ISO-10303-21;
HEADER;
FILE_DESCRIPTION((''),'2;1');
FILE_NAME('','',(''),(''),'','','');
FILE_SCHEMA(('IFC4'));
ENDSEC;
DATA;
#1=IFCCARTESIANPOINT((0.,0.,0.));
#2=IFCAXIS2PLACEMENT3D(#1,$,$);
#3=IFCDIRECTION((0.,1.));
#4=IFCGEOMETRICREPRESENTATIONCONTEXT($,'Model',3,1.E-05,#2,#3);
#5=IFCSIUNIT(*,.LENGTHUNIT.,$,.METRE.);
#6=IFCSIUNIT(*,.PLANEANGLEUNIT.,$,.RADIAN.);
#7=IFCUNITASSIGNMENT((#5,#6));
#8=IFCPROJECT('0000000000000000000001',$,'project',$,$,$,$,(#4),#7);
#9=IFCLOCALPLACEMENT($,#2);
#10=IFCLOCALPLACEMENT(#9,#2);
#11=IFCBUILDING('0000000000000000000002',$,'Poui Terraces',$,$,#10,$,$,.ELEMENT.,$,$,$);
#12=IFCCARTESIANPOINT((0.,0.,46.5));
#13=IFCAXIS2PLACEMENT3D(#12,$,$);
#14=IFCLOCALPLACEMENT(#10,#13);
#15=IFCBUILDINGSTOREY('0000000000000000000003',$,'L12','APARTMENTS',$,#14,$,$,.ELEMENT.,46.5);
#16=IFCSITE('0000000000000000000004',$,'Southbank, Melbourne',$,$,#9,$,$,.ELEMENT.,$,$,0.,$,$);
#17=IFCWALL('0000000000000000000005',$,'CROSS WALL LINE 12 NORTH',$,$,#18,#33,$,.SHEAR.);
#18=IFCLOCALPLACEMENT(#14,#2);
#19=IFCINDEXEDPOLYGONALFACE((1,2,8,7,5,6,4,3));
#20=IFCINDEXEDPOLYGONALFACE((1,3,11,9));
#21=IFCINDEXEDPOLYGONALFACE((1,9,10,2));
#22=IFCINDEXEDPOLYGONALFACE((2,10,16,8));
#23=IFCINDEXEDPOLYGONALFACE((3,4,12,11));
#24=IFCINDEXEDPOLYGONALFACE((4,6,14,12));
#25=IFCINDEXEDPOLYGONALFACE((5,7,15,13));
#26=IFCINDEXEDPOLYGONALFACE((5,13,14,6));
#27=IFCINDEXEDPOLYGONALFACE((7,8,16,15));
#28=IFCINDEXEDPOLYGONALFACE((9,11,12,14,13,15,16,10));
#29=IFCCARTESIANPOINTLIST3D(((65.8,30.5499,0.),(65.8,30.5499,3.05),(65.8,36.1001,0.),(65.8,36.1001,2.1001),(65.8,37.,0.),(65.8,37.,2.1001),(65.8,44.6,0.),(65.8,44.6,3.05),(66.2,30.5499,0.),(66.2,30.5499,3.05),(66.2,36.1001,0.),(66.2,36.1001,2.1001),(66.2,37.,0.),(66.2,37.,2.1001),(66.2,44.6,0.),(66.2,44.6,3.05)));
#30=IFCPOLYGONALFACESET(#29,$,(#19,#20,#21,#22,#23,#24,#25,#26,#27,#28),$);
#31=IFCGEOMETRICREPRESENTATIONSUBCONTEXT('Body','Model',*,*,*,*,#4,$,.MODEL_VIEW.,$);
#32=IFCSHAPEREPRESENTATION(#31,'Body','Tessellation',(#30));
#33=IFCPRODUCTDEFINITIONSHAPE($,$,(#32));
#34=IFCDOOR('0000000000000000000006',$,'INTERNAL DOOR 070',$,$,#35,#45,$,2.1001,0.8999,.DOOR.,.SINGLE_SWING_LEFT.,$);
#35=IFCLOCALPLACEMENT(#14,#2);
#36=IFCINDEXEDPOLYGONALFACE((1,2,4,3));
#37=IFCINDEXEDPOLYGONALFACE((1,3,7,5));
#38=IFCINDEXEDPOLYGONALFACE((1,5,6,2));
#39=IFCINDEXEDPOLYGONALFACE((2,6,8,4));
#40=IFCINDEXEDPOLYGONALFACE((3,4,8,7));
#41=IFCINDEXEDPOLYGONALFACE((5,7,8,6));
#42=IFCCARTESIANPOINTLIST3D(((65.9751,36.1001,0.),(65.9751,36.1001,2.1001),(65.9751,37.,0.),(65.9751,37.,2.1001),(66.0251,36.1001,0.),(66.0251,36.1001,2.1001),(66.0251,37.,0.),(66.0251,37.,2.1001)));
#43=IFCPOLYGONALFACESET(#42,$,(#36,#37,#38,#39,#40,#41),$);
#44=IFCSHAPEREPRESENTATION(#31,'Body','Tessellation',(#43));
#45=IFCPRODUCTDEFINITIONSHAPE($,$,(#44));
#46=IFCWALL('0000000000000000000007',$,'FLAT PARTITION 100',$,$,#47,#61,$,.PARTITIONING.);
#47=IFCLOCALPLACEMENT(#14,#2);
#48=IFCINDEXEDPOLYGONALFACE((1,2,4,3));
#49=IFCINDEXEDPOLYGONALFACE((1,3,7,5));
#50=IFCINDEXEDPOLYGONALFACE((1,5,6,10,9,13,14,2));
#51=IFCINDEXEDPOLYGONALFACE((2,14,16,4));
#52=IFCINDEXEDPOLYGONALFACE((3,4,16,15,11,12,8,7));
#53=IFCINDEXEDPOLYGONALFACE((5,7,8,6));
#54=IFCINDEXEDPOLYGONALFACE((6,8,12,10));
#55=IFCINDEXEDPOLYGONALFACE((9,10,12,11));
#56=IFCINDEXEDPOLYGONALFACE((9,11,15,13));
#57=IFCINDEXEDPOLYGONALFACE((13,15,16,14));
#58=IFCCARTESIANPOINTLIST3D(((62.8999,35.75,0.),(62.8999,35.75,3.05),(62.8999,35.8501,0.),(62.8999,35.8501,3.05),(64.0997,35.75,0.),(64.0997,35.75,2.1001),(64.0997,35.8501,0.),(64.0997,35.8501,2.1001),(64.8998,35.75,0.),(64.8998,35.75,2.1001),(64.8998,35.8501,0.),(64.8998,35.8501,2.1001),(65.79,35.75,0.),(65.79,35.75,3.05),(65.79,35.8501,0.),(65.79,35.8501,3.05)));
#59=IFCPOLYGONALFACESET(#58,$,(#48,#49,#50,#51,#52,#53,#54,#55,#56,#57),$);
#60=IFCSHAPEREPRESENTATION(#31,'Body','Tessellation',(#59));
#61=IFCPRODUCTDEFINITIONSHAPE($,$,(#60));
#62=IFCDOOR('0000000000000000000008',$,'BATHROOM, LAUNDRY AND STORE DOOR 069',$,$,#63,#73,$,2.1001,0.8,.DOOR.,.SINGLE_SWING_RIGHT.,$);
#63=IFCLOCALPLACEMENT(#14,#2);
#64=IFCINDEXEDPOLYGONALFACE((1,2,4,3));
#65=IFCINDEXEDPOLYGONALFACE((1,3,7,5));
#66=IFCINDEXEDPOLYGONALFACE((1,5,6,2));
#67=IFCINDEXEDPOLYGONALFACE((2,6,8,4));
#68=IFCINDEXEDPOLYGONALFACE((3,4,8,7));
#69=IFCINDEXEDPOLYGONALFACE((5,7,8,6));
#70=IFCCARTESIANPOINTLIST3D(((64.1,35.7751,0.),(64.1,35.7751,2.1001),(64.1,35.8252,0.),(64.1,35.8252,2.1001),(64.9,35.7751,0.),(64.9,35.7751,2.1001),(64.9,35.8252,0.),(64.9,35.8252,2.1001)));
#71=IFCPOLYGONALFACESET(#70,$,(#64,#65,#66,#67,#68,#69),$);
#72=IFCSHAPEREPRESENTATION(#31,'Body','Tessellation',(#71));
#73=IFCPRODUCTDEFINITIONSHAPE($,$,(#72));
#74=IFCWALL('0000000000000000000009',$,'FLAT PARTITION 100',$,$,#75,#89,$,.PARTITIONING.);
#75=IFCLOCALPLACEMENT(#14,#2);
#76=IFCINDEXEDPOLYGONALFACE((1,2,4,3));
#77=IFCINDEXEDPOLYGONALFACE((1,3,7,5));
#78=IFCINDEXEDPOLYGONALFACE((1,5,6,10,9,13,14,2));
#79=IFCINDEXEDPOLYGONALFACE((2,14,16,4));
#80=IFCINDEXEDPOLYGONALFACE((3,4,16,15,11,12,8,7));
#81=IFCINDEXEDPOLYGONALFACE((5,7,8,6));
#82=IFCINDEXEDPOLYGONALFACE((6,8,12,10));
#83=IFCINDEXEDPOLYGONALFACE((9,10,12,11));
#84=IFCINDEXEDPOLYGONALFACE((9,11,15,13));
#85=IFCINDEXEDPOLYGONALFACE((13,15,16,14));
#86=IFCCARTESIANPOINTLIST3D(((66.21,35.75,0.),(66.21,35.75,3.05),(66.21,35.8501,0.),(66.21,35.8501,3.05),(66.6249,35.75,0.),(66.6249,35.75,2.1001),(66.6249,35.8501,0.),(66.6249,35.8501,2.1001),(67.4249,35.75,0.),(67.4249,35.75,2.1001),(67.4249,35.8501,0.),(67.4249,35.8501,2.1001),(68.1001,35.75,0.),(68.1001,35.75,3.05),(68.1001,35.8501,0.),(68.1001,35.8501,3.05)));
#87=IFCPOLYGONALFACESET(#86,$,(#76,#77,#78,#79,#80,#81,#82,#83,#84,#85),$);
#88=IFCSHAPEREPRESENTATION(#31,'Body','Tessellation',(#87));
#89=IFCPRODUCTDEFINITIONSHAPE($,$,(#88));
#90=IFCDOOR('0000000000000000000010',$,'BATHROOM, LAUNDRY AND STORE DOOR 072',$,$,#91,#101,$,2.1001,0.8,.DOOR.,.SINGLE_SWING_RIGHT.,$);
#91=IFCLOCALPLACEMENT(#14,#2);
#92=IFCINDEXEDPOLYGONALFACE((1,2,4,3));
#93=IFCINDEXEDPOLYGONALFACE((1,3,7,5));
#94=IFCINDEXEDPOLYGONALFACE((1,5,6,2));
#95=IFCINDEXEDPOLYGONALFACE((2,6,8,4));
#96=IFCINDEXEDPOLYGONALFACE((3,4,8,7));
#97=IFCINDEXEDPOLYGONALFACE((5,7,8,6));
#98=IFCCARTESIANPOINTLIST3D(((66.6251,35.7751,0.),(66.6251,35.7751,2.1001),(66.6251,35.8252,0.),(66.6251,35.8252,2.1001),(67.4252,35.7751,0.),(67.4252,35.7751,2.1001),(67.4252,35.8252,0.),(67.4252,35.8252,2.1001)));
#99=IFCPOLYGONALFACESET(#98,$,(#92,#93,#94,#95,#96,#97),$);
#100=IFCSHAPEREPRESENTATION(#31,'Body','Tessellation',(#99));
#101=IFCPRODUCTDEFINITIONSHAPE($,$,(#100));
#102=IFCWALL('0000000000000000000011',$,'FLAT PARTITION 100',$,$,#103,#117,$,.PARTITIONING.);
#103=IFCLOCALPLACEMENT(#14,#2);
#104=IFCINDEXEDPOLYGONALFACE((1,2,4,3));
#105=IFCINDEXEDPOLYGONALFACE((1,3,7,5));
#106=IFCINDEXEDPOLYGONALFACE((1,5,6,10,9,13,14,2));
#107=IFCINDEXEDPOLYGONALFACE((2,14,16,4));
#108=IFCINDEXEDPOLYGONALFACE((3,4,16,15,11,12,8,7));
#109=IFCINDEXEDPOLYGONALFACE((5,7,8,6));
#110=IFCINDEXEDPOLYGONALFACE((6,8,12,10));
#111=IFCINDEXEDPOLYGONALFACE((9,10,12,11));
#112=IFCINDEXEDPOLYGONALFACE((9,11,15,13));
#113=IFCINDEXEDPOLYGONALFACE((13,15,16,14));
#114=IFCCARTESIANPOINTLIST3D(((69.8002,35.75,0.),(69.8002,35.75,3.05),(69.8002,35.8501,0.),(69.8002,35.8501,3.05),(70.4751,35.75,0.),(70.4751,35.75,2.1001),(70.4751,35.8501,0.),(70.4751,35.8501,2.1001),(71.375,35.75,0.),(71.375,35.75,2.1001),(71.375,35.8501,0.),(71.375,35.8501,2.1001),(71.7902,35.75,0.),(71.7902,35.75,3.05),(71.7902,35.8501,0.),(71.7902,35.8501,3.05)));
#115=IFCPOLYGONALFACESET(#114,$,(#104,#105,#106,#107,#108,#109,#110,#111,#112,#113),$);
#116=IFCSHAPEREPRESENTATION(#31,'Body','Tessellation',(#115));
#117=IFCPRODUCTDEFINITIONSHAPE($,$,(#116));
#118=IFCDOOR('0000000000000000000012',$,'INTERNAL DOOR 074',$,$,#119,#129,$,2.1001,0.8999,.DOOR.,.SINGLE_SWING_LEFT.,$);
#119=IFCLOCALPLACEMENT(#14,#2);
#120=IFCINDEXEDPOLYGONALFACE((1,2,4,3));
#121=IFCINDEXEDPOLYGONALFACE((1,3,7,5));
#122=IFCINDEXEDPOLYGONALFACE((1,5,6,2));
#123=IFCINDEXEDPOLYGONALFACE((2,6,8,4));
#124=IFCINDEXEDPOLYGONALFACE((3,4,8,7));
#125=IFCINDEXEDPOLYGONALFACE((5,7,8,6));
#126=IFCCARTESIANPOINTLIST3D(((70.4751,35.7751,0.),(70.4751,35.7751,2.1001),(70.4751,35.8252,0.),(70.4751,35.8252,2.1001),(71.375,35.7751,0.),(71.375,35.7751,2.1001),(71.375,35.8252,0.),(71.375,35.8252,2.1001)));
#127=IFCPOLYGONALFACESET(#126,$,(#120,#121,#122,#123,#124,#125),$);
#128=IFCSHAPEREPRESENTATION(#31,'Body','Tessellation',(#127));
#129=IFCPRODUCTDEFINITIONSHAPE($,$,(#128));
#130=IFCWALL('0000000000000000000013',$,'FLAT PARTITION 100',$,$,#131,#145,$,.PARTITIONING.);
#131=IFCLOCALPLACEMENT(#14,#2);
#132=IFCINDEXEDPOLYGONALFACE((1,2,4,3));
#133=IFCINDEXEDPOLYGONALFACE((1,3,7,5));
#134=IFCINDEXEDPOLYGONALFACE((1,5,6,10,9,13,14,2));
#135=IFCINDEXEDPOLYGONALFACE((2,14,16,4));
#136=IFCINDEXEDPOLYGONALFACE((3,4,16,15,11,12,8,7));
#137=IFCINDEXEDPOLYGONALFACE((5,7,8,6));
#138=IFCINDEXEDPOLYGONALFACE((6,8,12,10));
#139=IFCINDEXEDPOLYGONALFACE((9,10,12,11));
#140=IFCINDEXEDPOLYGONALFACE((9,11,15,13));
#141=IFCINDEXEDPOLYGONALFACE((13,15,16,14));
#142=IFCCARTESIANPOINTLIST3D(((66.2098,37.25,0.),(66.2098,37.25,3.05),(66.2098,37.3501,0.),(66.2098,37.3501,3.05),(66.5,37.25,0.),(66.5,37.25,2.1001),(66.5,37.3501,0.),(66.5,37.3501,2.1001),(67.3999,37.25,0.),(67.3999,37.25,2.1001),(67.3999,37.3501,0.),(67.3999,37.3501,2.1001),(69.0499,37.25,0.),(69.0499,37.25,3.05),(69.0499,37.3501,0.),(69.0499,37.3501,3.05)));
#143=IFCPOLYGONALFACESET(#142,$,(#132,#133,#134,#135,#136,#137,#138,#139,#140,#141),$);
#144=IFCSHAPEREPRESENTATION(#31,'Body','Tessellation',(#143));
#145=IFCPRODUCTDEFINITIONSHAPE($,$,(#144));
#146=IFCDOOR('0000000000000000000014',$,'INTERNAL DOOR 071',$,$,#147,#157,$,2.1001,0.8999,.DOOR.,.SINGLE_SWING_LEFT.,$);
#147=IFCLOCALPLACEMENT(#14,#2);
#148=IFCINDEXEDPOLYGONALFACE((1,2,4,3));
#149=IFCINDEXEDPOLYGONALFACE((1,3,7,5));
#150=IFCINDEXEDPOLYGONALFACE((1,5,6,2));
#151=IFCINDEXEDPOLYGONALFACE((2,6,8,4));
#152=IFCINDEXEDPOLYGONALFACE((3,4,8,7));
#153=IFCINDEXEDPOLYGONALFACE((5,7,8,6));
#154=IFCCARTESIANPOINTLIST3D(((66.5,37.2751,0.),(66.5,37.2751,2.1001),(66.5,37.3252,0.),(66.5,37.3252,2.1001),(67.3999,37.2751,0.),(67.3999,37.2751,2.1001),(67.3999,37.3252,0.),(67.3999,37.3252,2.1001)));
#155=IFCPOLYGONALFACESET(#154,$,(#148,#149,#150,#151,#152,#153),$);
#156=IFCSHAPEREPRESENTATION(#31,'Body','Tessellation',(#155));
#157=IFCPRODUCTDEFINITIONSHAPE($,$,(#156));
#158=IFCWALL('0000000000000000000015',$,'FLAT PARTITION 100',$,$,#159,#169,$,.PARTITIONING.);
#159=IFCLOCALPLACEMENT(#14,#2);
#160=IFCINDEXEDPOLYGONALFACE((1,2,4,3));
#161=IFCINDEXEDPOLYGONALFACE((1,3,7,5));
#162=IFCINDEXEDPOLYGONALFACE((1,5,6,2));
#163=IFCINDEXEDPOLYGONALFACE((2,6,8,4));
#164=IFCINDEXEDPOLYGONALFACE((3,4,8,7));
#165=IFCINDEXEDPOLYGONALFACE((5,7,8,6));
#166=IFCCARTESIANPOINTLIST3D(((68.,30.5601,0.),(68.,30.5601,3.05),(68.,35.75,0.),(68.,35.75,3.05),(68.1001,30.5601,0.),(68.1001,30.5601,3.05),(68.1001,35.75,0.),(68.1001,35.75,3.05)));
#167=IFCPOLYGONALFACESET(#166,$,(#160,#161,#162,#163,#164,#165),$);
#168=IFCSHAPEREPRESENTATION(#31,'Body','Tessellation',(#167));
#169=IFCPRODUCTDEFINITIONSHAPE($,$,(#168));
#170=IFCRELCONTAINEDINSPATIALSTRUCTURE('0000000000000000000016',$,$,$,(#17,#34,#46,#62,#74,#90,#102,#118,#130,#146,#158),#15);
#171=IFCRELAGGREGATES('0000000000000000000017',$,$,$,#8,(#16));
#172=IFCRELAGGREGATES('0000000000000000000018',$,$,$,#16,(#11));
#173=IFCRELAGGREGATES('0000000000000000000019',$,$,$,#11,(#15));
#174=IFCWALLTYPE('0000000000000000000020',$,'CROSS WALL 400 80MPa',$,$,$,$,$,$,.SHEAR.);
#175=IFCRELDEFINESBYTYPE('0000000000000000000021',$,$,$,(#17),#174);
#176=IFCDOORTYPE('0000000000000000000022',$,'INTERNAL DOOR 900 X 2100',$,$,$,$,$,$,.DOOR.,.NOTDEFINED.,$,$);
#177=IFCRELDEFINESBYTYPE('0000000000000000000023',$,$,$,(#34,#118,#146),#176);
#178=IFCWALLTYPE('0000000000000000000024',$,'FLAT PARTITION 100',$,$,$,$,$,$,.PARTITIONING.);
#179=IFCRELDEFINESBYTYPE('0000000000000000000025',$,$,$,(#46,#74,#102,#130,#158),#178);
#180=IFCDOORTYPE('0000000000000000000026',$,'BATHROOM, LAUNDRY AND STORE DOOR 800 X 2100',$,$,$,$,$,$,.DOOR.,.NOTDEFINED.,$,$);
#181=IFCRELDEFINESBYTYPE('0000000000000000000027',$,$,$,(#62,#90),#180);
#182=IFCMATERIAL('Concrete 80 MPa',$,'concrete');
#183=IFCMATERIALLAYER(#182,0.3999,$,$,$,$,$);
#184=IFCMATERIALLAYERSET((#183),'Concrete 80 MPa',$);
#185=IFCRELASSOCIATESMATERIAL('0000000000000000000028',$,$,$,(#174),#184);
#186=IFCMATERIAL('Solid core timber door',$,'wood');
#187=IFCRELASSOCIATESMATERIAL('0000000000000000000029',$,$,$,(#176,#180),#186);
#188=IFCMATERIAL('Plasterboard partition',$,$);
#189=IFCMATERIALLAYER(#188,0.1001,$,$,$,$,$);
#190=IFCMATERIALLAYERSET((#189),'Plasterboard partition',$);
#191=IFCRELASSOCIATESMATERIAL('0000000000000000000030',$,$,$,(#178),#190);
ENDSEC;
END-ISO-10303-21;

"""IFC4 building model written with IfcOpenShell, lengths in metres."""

from ifc_helpers import new_model, si_unit, direction, frame, frame_2d, origin, place, context, subcontext, project, spatial, rectangle, extrude, material, layer, layer_set, type_object, element, fill, save


model = new_model("IFC4")

# Units and contexts
model_context = context("Model", 3, precision=1e-05, world=origin(), true_north=direction((0.0, 1.0)))
body_context = subcontext(model_context, "Body", "Model", "MODEL_VIEW")
ifc_project = project(units=[si_unit("LENGTHUNIT", "METRE"), si_unit("PLANEANGLEUNIT", "RADIAN")], contexts=[model_context])

# Site, building, storey
site_placement = place(None, origin())
site = spatial("IfcSite", under=ifc_project, at=site_placement, Name="Southbank, Melbourne", CompositionType="ELEMENT", RefElevation=0.0)
building_placement = place(site_placement, origin())
building = spatial("IfcBuilding", under=site, at=building_placement, Name="Poui Terraces", CompositionType="ELEMENT")
storey_placement = place(building_placement, frame((0.0, 0.0, 46.5)))
storey = spatial("IfcBuildingStorey", under=building, at=storey_placement, Name="L12", Description="APARTMENTS", CompositionType="ELEMENT", Elevation=46.5)

# Walls, openings, doors
ifc_material_1 = material(Name="Concrete 80 MPa", Category="concrete")
ifc_layer_1 = layer(ifc_material_1, 0.3999)
ifc_layer_set_1 = layer_set([ifc_layer_1], Name="Concrete 80 MPa")
wall_type_1 = type_object("IfcWallType", Name="CROSS WALL 400 80MPa", PredefinedType="SHEAR", material=ifc_layer_set_1)
wall_1_placement = place(storey_placement, frame((66.0, 30.55, 0.0), z_axis=(0.0, 0.0, 1.0), x_axis=(0.0, 1.0, 0.0)))
wall_1 = element("IfcWall", 1, at=wall_1_placement, inside=storey, type_object=wall_type_1, Name="CROSS WALL LINE 12 NORTH", PredefinedType="SHEAR", context=body_context, shape_type="SweptSolid", body=[
    extrude(rectangle(XDim=14.05, YDim=0.3999, at=frame_2d((7.0249, 0.0))), origin(), (0.0, 0.0, 1.0), 3.05),
])
opening_1_placement = place(wall_1_placement, frame((5.55, 0.0, 0.0)))
opening_1 = element("IfcOpeningElement", 2, at=opening_1_placement, cuts=wall_1, PredefinedType="OPENING", context=body_context, shape_type="SweptSolid", body=[
    extrude(rectangle(XDim=0.8999, YDim=2.1001, at=frame_2d((0.45, 1.05))), frame((0.0, 0.21, 0.0), z_axis=(0.0, -1.0, 0.0), x_axis=(1.0, 0.0, 0.0)), (0.0, 0.0, 1.0), 0.4199),
])
ifc_material_2 = material(Name="Solid core timber door", Category="wood")
door_type_1 = type_object("IfcDoorType", Name="INTERNAL DOOR 900 X 2100", OperationType="NOTDEFINED", PredefinedType="DOOR", material=ifc_material_2)
door_1_placement = place(opening_1_placement, origin())
door_1 = element("IfcDoor", 3, at=door_1_placement, inside=storey, type_object=door_type_1, Name="INTERNAL DOOR 070", OperationType="SINGLE_SWING_LEFT", OverallHeight=2.1001, OverallWidth=0.8999, PredefinedType="DOOR", context=body_context, shape_type="SweptSolid", body=[
    extrude(rectangle(XDim=0.8999, YDim=2.1001, at=frame_2d((0.45, 1.05))), frame((0.0, 0.0249, 0.0), z_axis=(0.0, -1.0, 0.0), x_axis=(1.0, 0.0, 0.0)), (0.0, 0.0, 1.0), 0.05),
])
fill(opening_1, door_1)
ifc_material_3 = material(Name="Plasterboard partition")
ifc_layer_2 = layer(ifc_material_3, 0.1001)
ifc_layer_set_2 = layer_set([ifc_layer_2], Name="Plasterboard partition")
wall_type_2 = type_object("IfcWallType", Name="FLAT PARTITION 100", PredefinedType="PARTITIONING", material=ifc_layer_set_2)
wall_2_placement = place(storey_placement, frame((62.8999, 35.8, 0.0), z_axis=(0.0, 0.0, 1.0), x_axis=(1.0, 0.0, 0.0)))
wall_2 = element("IfcWall", 4, at=wall_2_placement, inside=storey, type_object=wall_type_2, Name="FLAT PARTITION 100", PredefinedType="PARTITIONING", context=body_context, shape_type="SweptSolid", body=[
    extrude(rectangle(XDim=2.8901, YDim=0.1001, at=frame_2d((1.4451, 0.0))), origin(), (0.0, 0.0, 1.0), 3.05),
])
opening_2_placement = place(wall_2_placement, frame((1.2, 0.0, 0.0)))
opening_2 = element("IfcOpeningElement", 5, at=opening_2_placement, cuts=wall_2, PredefinedType="OPENING", context=body_context, shape_type="SweptSolid", body=[
    extrude(rectangle(XDim=0.8, YDim=2.1001, at=frame_2d((0.3999, 1.05))), frame((0.0, 0.0601, 0.0), z_axis=(0.0, -1.0, 0.0), x_axis=(1.0, 0.0, 0.0)), (0.0, 0.0, 1.0), 0.1201),
])
door_type_2 = type_object("IfcDoorType", Name="BATHROOM, LAUNDRY AND STORE DOOR 800 X 2100", OperationType="NOTDEFINED", PredefinedType="DOOR", material=ifc_material_2)
door_2_placement = place(opening_2_placement, frame((0.8, 0.0, 0.0), z_axis=(0.0, 0.0, 1.0), x_axis=(-1.0, 0.0, 0.0)))
door_2 = element("IfcDoor", 6, at=door_2_placement, inside=storey, type_object=door_type_2, Name="BATHROOM, LAUNDRY AND STORE DOOR 069", OperationType="SINGLE_SWING_RIGHT", OverallHeight=2.1001, OverallWidth=0.8, PredefinedType="DOOR", context=body_context, shape_type="SweptSolid", body=[
    extrude(rectangle(XDim=0.8, YDim=2.1001, at=frame_2d((0.3999, 1.05))), frame((0.0, 0.0249, 0.0), z_axis=(0.0, -1.0, 0.0), x_axis=(1.0, 0.0, 0.0)), (0.0, 0.0, 1.0), 0.05),
])
fill(opening_2, door_2)
wall_3_placement = place(storey_placement, frame((66.21, 35.8, 0.0), z_axis=(0.0, 0.0, 1.0), x_axis=(1.0, 0.0, 0.0)))
wall_3 = element("IfcWall", 7, at=wall_3_placement, inside=storey, type_object=wall_type_2, Name="FLAT PARTITION 100", PredefinedType="PARTITIONING", context=body_context, shape_type="SweptSolid", body=[
    extrude(rectangle(XDim=1.8901, YDim=0.1001, at=frame_2d((0.9451, 0.0))), origin(), (0.0, 0.0, 1.0), 3.05),
])
opening_3_placement = place(wall_3_placement, frame((0.415, 0.0, 0.0)))
opening_3 = element("IfcOpeningElement", 8, at=opening_3_placement, cuts=wall_3, PredefinedType="OPENING", context=body_context, shape_type="SweptSolid", body=[
    extrude(rectangle(XDim=0.8, YDim=2.1001, at=frame_2d((0.3999, 1.05))), frame((0.0, 0.0601, 0.0), z_axis=(0.0, -1.0, 0.0), x_axis=(1.0, 0.0, 0.0)), (0.0, 0.0, 1.0), 0.1201),
])
door_3_placement = place(opening_3_placement, frame((0.8, 0.0, 0.0), z_axis=(0.0, 0.0, 1.0), x_axis=(-1.0, 0.0, 0.0)))
door_3 = element("IfcDoor", 9, at=door_3_placement, inside=storey, type_object=door_type_2, Name="BATHROOM, LAUNDRY AND STORE DOOR 072", OperationType="SINGLE_SWING_RIGHT", OverallHeight=2.1001, OverallWidth=0.8, PredefinedType="DOOR", context=body_context, shape_type="SweptSolid", body=[
    extrude(rectangle(XDim=0.8, YDim=2.1001, at=frame_2d((0.3999, 1.05))), frame((0.0, 0.0249, 0.0), z_axis=(0.0, -1.0, 0.0), x_axis=(1.0, 0.0, 0.0)), (0.0, 0.0, 1.0), 0.05),
])
fill(opening_3, door_3)
wall_4_placement = place(storey_placement, frame((69.8, 35.8, 0.0), z_axis=(0.0, 0.0, 1.0), x_axis=(1.0, 0.0, 0.0)))
wall_4 = element("IfcWall", 10, at=wall_4_placement, inside=storey, type_object=wall_type_2, Name="FLAT PARTITION 100", PredefinedType="PARTITIONING", context=body_context, shape_type="SweptSolid", body=[
    extrude(rectangle(XDim=1.99, YDim=0.1001, at=frame_2d((0.9951, 0.0))), origin(), (0.0, 0.0, 1.0), 3.05),
])
opening_4_placement = place(wall_4_placement, frame((0.675, 0.0, 0.0)))
opening_4 = element("IfcOpeningElement", 11, at=opening_4_placement, cuts=wall_4, PredefinedType="OPENING", context=body_context, shape_type="SweptSolid", body=[
    extrude(rectangle(XDim=0.8999, YDim=2.1001, at=frame_2d((0.45, 1.05))), frame((0.0, 0.0601, 0.0), z_axis=(0.0, -1.0, 0.0), x_axis=(1.0, 0.0, 0.0)), (0.0, 0.0, 1.0), 0.1201),
])
door_4_placement = place(opening_4_placement, frame((0.8999, 0.0, 0.0), z_axis=(0.0, 0.0, 1.0), x_axis=(-1.0, 0.0, 0.0)))
door_4 = element("IfcDoor", 12, at=door_4_placement, inside=storey, type_object=door_type_1, Name="INTERNAL DOOR 074", OperationType="SINGLE_SWING_LEFT", OverallHeight=2.1001, OverallWidth=0.8999, PredefinedType="DOOR", context=body_context, shape_type="SweptSolid", body=[
    extrude(rectangle(XDim=0.8999, YDim=2.1001, at=frame_2d((0.45, 1.05))), frame((0.0, 0.0249, 0.0), z_axis=(0.0, -1.0, 0.0), x_axis=(1.0, 0.0, 0.0)), (0.0, 0.0, 1.0), 0.05),
])
fill(opening_4, door_4)
wall_5_placement = place(storey_placement, frame((66.21, 37.3, 0.0), z_axis=(0.0, 0.0, 1.0), x_axis=(1.0, 0.0, 0.0)))
wall_5 = element("IfcWall", 13, at=wall_5_placement, inside=storey, type_object=wall_type_2, Name="FLAT PARTITION 100", PredefinedType="PARTITIONING", context=body_context, shape_type="SweptSolid", body=[
    extrude(rectangle(XDim=2.8401, YDim=0.1001, at=frame_2d((1.4199, 0.0))), origin(), (0.0, 0.0, 1.0), 3.05),
])
opening_5_placement = place(wall_5_placement, frame((0.29, 0.0, 0.0)))
opening_5 = element("IfcOpeningElement", 14, at=opening_5_placement, cuts=wall_5, PredefinedType="OPENING", context=body_context, shape_type="SweptSolid", body=[
    extrude(rectangle(XDim=0.8999, YDim=2.1001, at=frame_2d((0.45, 1.05))), frame((0.0, 0.0601, 0.0), z_axis=(0.0, -1.0, 0.0), x_axis=(1.0, 0.0, 0.0)), (0.0, 0.0, 1.0), 0.1201),
])
door_5_placement = place(opening_5_placement, frame((0.8999, 0.0, 0.0), z_axis=(0.0, 0.0, 1.0), x_axis=(-1.0, 0.0, 0.0)))
door_5 = element("IfcDoor", 15, at=door_5_placement, inside=storey, type_object=door_type_1, Name="INTERNAL DOOR 071", OperationType="SINGLE_SWING_LEFT", OverallHeight=2.1001, OverallWidth=0.8999, PredefinedType="DOOR", context=body_context, shape_type="SweptSolid", body=[
    extrude(rectangle(XDim=0.8999, YDim=2.1001, at=frame_2d((0.45, 1.05))), frame((0.0, 0.0249, 0.0), z_axis=(0.0, -1.0, 0.0), x_axis=(1.0, 0.0, 0.0)), (0.0, 0.0, 1.0), 0.05),
])
fill(opening_5, door_5)

# Wall
wall_6_placement = place(storey_placement, frame((68.05, 30.5601, 0.0), z_axis=(0.0, 0.0, 1.0), x_axis=(0.0, 1.0, 0.0)))
element("IfcWall", 16, at=wall_6_placement, inside=storey, type_object=wall_type_2, Name="FLAT PARTITION 100", PredefinedType="PARTITIONING", context=body_context, shape_type="SweptSolid", body=[
    extrude(rectangle(XDim=5.1899, YDim=0.1001, at=frame_2d((2.595, 0.0))), origin(), (0.0, 0.0, 1.0), 3.05),
])

save(model, "model.ifc")
